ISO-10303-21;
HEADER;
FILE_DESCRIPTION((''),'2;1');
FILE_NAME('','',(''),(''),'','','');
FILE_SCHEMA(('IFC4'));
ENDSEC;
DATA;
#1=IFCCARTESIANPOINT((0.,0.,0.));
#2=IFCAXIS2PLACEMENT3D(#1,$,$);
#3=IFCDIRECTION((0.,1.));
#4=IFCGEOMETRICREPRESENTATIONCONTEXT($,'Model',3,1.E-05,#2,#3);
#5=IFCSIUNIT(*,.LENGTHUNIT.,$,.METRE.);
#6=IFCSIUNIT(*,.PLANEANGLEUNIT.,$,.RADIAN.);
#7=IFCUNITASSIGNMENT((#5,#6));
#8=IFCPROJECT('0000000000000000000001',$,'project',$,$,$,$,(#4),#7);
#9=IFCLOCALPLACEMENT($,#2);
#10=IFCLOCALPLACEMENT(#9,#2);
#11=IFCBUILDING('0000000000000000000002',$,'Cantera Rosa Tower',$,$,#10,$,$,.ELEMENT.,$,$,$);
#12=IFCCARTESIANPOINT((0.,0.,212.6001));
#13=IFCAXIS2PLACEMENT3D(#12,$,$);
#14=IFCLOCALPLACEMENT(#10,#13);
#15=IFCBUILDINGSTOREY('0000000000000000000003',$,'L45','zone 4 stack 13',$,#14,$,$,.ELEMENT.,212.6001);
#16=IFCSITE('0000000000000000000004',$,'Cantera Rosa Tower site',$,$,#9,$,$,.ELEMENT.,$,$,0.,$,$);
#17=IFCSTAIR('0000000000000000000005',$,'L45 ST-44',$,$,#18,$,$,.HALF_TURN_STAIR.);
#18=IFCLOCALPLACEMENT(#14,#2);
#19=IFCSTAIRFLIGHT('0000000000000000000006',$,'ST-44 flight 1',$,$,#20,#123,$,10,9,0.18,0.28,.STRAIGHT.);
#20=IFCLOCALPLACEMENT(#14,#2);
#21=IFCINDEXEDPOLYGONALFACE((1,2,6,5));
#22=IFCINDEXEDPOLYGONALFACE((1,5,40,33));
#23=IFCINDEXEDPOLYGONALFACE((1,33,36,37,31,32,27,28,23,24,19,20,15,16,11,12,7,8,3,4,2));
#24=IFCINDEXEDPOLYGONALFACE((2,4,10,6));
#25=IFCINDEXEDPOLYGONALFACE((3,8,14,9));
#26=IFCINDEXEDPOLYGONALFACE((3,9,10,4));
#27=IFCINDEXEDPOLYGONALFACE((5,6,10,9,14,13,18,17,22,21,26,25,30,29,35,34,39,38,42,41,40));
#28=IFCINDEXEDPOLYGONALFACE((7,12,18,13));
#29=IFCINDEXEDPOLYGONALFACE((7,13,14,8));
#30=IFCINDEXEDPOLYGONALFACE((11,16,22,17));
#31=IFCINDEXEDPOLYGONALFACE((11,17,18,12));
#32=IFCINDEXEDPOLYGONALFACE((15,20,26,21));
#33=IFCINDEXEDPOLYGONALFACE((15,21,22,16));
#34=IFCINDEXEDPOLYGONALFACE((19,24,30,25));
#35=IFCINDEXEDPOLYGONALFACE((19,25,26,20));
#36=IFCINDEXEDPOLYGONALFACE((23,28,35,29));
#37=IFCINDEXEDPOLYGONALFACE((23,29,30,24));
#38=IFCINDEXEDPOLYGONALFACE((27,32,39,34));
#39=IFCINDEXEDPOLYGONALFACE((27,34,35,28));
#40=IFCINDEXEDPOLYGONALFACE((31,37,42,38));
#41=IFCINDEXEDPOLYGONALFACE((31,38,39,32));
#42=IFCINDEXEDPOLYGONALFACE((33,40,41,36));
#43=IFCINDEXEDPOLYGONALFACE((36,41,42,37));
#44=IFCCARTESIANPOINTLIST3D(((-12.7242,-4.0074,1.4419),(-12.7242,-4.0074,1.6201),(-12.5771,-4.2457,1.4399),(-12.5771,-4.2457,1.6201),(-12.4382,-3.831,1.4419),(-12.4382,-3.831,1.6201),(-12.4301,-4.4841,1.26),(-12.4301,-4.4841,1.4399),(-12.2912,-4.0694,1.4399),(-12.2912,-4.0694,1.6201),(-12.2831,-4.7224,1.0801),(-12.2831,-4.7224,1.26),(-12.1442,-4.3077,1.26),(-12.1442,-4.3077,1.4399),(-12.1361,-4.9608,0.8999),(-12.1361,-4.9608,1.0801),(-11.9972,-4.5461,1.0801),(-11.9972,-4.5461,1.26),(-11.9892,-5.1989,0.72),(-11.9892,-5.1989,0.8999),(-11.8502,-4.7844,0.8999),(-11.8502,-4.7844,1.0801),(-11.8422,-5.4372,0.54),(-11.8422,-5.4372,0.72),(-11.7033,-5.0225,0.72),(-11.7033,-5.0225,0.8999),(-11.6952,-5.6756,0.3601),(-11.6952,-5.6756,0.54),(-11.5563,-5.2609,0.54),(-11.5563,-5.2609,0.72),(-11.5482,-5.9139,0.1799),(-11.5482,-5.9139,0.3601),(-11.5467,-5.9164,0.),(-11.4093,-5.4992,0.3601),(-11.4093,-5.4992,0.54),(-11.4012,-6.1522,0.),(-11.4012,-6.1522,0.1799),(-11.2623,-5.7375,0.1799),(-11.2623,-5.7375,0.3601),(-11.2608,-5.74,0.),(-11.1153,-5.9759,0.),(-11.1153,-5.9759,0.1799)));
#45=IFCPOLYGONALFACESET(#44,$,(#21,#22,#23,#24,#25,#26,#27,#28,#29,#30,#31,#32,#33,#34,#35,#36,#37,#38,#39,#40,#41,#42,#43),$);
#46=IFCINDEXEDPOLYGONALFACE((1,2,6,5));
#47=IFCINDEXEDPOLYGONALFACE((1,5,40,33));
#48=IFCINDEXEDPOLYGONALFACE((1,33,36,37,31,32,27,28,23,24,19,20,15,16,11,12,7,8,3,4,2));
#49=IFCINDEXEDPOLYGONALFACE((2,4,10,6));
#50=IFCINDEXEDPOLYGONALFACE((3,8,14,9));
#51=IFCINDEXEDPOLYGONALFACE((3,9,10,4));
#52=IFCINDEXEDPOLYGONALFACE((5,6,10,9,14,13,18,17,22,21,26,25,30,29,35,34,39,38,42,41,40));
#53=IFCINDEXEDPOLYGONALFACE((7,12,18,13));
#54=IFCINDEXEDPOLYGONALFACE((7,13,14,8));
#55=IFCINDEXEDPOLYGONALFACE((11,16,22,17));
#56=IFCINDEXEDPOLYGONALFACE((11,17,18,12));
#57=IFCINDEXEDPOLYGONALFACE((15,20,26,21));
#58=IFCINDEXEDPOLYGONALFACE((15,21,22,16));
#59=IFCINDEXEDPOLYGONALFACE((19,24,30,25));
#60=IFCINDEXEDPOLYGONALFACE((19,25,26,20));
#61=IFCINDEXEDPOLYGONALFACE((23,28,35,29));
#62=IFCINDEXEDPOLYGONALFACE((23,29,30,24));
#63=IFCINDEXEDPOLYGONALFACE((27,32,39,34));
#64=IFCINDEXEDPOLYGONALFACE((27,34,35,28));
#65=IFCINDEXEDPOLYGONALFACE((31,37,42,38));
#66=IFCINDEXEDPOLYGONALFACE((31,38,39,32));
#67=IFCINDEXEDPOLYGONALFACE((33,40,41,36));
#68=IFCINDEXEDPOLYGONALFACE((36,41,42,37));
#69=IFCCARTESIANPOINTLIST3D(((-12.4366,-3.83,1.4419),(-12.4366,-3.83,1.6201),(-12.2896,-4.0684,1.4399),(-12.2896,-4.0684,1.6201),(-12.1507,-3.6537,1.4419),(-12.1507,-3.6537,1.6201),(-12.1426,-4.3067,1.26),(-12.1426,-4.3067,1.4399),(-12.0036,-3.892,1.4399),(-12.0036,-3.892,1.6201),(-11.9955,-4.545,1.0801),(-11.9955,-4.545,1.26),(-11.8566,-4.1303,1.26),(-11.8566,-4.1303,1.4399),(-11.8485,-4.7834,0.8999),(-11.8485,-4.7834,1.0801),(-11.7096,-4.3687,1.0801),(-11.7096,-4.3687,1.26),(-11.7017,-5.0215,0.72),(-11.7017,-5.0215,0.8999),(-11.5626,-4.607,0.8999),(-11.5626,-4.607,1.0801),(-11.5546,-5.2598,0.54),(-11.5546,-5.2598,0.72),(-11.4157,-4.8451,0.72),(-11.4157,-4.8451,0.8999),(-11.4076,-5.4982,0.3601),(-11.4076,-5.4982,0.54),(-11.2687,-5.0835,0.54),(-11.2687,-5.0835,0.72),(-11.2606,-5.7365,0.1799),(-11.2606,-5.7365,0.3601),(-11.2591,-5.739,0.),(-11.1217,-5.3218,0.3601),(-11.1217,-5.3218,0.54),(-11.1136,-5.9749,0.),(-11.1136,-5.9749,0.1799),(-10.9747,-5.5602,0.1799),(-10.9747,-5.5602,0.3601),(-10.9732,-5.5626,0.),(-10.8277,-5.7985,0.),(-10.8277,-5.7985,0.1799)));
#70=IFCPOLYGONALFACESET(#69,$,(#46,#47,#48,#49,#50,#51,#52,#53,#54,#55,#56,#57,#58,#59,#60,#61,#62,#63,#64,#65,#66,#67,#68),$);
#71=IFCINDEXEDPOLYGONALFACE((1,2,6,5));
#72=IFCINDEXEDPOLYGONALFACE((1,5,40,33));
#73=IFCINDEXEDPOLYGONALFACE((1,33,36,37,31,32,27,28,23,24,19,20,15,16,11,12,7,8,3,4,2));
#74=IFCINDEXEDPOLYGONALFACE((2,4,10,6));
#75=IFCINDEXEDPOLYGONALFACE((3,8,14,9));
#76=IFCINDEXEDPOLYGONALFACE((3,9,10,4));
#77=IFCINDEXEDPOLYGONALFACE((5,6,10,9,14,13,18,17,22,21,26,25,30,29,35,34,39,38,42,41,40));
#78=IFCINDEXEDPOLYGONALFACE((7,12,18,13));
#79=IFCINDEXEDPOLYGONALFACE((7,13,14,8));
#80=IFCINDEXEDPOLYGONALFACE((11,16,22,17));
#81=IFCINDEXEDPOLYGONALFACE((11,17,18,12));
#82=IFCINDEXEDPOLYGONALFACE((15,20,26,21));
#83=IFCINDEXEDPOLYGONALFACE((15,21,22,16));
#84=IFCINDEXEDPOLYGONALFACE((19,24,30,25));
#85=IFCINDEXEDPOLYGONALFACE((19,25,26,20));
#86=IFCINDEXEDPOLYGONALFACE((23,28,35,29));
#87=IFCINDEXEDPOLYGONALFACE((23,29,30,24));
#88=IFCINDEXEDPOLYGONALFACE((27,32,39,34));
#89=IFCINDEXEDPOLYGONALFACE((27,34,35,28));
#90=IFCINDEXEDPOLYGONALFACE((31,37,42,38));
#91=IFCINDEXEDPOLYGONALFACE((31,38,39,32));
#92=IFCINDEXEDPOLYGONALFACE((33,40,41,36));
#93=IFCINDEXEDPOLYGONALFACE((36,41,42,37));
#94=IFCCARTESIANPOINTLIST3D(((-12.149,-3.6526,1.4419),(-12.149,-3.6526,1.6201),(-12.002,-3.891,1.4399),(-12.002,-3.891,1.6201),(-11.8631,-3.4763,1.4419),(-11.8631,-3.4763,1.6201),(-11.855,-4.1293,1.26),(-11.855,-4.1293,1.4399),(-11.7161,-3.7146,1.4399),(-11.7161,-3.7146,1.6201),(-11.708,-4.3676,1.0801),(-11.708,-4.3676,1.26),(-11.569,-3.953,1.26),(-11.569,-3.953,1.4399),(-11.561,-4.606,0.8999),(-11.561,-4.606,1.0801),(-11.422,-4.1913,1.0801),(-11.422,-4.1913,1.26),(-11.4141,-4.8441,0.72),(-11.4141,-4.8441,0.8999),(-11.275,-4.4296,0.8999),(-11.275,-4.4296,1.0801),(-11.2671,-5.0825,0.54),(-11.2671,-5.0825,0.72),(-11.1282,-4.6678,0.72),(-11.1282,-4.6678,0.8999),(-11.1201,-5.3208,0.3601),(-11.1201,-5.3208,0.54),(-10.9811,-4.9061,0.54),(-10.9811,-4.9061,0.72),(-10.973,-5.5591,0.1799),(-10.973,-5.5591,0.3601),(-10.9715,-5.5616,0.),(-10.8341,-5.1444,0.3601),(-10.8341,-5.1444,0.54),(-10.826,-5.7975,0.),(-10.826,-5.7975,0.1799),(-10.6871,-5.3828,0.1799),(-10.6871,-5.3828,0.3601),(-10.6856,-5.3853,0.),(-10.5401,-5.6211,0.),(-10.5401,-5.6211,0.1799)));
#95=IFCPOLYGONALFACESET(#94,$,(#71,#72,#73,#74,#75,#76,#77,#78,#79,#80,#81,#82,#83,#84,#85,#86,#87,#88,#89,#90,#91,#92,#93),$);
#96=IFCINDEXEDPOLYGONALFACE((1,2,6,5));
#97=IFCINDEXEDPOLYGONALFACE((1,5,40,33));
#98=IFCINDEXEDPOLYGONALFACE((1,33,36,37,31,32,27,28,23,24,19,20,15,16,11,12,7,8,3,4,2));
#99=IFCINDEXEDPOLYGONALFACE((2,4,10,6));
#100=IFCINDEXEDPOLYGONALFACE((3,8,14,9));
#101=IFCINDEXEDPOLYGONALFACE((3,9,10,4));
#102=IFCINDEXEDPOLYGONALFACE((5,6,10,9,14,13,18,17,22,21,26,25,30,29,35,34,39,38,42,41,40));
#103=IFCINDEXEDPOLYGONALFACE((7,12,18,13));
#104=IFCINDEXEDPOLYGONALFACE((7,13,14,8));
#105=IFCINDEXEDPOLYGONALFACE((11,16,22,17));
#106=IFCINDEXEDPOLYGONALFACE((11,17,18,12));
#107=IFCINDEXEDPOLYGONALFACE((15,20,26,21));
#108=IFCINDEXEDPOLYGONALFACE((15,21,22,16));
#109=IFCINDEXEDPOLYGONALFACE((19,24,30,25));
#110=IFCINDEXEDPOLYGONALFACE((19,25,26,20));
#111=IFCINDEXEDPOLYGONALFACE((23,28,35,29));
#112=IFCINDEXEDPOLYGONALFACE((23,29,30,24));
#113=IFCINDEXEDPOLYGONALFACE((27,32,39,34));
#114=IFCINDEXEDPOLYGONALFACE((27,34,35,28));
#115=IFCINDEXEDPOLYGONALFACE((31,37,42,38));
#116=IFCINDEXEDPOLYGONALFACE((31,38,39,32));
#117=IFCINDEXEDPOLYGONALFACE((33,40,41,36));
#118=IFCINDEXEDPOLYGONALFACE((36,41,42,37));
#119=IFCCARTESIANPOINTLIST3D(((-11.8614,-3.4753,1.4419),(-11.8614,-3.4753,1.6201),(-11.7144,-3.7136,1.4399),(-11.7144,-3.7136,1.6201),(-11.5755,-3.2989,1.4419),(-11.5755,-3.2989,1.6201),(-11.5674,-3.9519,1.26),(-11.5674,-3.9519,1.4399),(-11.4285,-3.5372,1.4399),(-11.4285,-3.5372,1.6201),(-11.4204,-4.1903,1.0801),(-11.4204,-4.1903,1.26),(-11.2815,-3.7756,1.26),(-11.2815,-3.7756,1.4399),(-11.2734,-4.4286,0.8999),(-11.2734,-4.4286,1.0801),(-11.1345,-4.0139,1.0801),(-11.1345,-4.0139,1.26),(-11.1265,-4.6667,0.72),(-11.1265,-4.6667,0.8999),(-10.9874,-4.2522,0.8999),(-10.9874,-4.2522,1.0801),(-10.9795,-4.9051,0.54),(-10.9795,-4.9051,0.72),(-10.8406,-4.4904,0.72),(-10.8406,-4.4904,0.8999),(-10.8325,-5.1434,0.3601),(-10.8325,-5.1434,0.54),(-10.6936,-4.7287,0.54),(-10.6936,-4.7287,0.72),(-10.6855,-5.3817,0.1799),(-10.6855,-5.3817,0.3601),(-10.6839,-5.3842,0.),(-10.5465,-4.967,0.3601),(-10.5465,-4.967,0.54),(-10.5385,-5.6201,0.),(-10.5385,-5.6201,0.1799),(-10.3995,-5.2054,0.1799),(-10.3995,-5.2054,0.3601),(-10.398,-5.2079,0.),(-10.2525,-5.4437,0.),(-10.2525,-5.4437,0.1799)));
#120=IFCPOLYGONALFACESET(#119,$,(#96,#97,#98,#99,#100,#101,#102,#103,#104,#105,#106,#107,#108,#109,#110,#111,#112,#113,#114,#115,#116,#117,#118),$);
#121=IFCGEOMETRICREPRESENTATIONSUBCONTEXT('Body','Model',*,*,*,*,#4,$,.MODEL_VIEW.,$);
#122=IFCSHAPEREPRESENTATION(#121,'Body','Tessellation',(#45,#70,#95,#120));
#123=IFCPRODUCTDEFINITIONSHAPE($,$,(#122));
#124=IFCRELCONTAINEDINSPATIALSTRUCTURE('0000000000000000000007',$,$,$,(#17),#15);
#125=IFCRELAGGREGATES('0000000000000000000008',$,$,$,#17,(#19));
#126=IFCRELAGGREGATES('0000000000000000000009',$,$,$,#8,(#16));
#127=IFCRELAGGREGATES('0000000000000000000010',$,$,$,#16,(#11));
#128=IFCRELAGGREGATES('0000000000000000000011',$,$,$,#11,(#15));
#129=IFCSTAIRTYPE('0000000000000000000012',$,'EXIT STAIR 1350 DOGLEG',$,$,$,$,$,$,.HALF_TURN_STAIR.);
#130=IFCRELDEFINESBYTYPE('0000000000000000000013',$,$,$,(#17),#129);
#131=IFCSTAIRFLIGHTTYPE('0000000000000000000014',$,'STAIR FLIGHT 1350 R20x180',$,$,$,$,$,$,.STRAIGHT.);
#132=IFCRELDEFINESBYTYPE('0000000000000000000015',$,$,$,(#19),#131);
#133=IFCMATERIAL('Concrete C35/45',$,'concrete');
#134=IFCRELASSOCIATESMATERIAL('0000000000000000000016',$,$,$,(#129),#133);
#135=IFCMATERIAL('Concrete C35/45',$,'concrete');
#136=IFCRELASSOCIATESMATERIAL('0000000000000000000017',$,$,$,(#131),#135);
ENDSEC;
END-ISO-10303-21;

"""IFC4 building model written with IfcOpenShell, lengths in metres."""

from ifc_helpers import new_model, si_unit, direction, frame, origin, place, context, subcontext, project, spatial, polyline, outline, extrude, material, type_object, element, aggregate, save


model = new_model("IFC4")

# Units and contexts
model_context = context("Model", 3, precision=1e-05, world=origin(), true_north=direction((0.0, 1.0)))
body_context = subcontext(model_context, "Body", "Model", "MODEL_VIEW")
ifc_project = project(units=[si_unit("LENGTHUNIT", "METRE"), si_unit("PLANEANGLEUNIT", "RADIAN")], contexts=[model_context])

# Site, building, storey
site_placement = place(None, origin())
site = spatial("IfcSite", under=ifc_project, at=site_placement, Name="Cantera Rosa Tower site", CompositionType="ELEMENT", RefElevation=0.0)
building_placement = place(site_placement, origin())
building = spatial("IfcBuilding", under=site, at=building_placement, Name="Cantera Rosa Tower", CompositionType="ELEMENT")
storey_placement = place(building_placement, frame((0.0, 0.0, 212.6001)))
storey = spatial("IfcBuildingStorey", under=building, at=storey_placement, Name="L45", Description="zone 4 stack 13", CompositionType="ELEMENT", Elevation=212.6001)

# Shared definitions
ifc_material_1 = material(Name="Concrete C35/45", Category="concrete")
stair_type = type_object("IfcStairType", Name="EXIT STAIR 1350 DOGLEG", PredefinedType="HALF_TURN_STAIR", material=ifc_material_1)
ifc_material_2 = material(Name="Concrete C35/45", Category="concrete")
stair_flight_type = type_object("IfcStairFlightType", Name="STAIR FLIGHT 1350 R20x180", PredefinedType="STRAIGHT", material=ifc_material_2)

# Stair, stair flight
stair_1_placement = place(storey_placement, origin())
stair_1 = element("IfcStair", 1, at=stair_1_placement, inside=storey, type_object=stair_type, Name="L45 ST-44", PredefinedType="HALF_TURN_STAIR")
stair_flight_1_placement = place(storey_placement, frame((-10.8267, -5.7979, 0.0), z_axis=(0.0, 0.0, 1.0), x_axis=(-0.524977, 0.851117, 0.0)))
stair_flight_1 = element("IfcStairFlight", 2, at=stair_flight_1_placement, type_object=stair_flight_type, Name="ST-44 flight 1", NumberOfRisers=10, NumberOfTreads=9, PredefinedType="STRAIGHT", RiserHeight=0.18, TreadLength=0.28, context=body_context, shape_type="SweptSolid", body=[
    extrude(outline(polyline([(0.0, 0.0), (0.0, 0.1799), (0.28, 0.1799), (0.28, 0.3601), (0.5601, 0.3601), (0.5601, 0.54), (0.8401, 0.54), (0.8401, 0.72), (1.1201, 0.72), (1.1201, 0.8999), (1.3999, 0.8999), (1.3999, 1.0801), (1.6799, 1.0801), (1.6799, 1.26), (1.96, 1.26), (1.96, 1.4399), (2.24, 1.4399), (2.24, 1.6201), (2.52, 1.6201), (2.52, 1.8), (2.52, 1.4419), (0.2771, 0.0), (0.0, 0.0)])), frame((0.0, 0.675, 0.0), z_axis=(0.0, -1.0, 0.0), x_axis=(1.0, 0.0, 0.0)), (0.0, 0.0, 1.0), 0.3359),
    extrude(outline(polyline([(0.0, 0.0), (0.0, 0.1799), (0.28, 0.1799), (0.28, 0.3601), (0.5601, 0.3601), (0.5601, 0.54), (0.8401, 0.54), (0.8401, 0.72), (1.1201, 0.72), (1.1201, 0.8999), (1.3999, 0.8999), (1.3999, 1.0801), (1.6799, 1.0801), (1.6799, 1.26), (1.96, 1.26), (1.96, 1.4399), (2.24, 1.4399), (2.24, 1.6201), (2.52, 1.6201), (2.52, 1.8), (2.52, 1.4419), (0.2771, 0.0), (0.0, 0.0)])), frame((0.0, 0.3372, 0.0), z_axis=(0.0, -1.0, 0.0), x_axis=(1.0, 0.0, 0.0)), (0.0, 0.0, 1.0), 0.3359),
    extrude(outline(polyline([(0.0, 0.0), (0.0, 0.1799), (0.28, 0.1799), (0.28, 0.3601), (0.5601, 0.3601), (0.5601, 0.54), (0.8401, 0.54), (0.8401, 0.72), (1.1201, 0.72), (1.1201, 0.8999), (1.3999, 0.8999), (1.3999, 1.0801), (1.6799, 1.0801), (1.6799, 1.26), (1.96, 1.26), (1.96, 1.4399), (2.24, 1.4399), (2.24, 1.6201), (2.52, 1.6201), (2.52, 1.8), (2.52, 1.4419), (0.2771, 0.0), (0.0, 0.0)])), frame((0.0, -0.0007, 0.0), z_axis=(0.0, -1.0, 0.0), x_axis=(1.0, 0.0, 0.0)), (0.0, 0.0, 1.0), 0.3359),
    extrude(outline(polyline([(0.0, 0.0), (0.0, 0.1799), (0.28, 0.1799), (0.28, 0.3601), (0.5601, 0.3601), (0.5601, 0.54), (0.8401, 0.54), (0.8401, 0.72), (1.1201, 0.72), (1.1201, 0.8999), (1.3999, 0.8999), (1.3999, 1.0801), (1.6799, 1.0801), (1.6799, 1.26), (1.96, 1.26), (1.96, 1.4399), (2.24, 1.4399), (2.24, 1.6201), (2.52, 1.6201), (2.52, 1.8), (2.52, 1.4419), (0.2771, 0.0), (0.0, 0.0)])), frame((0.0, -0.3386, 0.0), z_axis=(0.0, -1.0, 0.0), x_axis=(1.0, 0.0, 0.0)), (0.0, 0.0, 1.0), 0.3359),
])
aggregate(stair_1, [stair_flight_1])

save(model, "model.ifc")
